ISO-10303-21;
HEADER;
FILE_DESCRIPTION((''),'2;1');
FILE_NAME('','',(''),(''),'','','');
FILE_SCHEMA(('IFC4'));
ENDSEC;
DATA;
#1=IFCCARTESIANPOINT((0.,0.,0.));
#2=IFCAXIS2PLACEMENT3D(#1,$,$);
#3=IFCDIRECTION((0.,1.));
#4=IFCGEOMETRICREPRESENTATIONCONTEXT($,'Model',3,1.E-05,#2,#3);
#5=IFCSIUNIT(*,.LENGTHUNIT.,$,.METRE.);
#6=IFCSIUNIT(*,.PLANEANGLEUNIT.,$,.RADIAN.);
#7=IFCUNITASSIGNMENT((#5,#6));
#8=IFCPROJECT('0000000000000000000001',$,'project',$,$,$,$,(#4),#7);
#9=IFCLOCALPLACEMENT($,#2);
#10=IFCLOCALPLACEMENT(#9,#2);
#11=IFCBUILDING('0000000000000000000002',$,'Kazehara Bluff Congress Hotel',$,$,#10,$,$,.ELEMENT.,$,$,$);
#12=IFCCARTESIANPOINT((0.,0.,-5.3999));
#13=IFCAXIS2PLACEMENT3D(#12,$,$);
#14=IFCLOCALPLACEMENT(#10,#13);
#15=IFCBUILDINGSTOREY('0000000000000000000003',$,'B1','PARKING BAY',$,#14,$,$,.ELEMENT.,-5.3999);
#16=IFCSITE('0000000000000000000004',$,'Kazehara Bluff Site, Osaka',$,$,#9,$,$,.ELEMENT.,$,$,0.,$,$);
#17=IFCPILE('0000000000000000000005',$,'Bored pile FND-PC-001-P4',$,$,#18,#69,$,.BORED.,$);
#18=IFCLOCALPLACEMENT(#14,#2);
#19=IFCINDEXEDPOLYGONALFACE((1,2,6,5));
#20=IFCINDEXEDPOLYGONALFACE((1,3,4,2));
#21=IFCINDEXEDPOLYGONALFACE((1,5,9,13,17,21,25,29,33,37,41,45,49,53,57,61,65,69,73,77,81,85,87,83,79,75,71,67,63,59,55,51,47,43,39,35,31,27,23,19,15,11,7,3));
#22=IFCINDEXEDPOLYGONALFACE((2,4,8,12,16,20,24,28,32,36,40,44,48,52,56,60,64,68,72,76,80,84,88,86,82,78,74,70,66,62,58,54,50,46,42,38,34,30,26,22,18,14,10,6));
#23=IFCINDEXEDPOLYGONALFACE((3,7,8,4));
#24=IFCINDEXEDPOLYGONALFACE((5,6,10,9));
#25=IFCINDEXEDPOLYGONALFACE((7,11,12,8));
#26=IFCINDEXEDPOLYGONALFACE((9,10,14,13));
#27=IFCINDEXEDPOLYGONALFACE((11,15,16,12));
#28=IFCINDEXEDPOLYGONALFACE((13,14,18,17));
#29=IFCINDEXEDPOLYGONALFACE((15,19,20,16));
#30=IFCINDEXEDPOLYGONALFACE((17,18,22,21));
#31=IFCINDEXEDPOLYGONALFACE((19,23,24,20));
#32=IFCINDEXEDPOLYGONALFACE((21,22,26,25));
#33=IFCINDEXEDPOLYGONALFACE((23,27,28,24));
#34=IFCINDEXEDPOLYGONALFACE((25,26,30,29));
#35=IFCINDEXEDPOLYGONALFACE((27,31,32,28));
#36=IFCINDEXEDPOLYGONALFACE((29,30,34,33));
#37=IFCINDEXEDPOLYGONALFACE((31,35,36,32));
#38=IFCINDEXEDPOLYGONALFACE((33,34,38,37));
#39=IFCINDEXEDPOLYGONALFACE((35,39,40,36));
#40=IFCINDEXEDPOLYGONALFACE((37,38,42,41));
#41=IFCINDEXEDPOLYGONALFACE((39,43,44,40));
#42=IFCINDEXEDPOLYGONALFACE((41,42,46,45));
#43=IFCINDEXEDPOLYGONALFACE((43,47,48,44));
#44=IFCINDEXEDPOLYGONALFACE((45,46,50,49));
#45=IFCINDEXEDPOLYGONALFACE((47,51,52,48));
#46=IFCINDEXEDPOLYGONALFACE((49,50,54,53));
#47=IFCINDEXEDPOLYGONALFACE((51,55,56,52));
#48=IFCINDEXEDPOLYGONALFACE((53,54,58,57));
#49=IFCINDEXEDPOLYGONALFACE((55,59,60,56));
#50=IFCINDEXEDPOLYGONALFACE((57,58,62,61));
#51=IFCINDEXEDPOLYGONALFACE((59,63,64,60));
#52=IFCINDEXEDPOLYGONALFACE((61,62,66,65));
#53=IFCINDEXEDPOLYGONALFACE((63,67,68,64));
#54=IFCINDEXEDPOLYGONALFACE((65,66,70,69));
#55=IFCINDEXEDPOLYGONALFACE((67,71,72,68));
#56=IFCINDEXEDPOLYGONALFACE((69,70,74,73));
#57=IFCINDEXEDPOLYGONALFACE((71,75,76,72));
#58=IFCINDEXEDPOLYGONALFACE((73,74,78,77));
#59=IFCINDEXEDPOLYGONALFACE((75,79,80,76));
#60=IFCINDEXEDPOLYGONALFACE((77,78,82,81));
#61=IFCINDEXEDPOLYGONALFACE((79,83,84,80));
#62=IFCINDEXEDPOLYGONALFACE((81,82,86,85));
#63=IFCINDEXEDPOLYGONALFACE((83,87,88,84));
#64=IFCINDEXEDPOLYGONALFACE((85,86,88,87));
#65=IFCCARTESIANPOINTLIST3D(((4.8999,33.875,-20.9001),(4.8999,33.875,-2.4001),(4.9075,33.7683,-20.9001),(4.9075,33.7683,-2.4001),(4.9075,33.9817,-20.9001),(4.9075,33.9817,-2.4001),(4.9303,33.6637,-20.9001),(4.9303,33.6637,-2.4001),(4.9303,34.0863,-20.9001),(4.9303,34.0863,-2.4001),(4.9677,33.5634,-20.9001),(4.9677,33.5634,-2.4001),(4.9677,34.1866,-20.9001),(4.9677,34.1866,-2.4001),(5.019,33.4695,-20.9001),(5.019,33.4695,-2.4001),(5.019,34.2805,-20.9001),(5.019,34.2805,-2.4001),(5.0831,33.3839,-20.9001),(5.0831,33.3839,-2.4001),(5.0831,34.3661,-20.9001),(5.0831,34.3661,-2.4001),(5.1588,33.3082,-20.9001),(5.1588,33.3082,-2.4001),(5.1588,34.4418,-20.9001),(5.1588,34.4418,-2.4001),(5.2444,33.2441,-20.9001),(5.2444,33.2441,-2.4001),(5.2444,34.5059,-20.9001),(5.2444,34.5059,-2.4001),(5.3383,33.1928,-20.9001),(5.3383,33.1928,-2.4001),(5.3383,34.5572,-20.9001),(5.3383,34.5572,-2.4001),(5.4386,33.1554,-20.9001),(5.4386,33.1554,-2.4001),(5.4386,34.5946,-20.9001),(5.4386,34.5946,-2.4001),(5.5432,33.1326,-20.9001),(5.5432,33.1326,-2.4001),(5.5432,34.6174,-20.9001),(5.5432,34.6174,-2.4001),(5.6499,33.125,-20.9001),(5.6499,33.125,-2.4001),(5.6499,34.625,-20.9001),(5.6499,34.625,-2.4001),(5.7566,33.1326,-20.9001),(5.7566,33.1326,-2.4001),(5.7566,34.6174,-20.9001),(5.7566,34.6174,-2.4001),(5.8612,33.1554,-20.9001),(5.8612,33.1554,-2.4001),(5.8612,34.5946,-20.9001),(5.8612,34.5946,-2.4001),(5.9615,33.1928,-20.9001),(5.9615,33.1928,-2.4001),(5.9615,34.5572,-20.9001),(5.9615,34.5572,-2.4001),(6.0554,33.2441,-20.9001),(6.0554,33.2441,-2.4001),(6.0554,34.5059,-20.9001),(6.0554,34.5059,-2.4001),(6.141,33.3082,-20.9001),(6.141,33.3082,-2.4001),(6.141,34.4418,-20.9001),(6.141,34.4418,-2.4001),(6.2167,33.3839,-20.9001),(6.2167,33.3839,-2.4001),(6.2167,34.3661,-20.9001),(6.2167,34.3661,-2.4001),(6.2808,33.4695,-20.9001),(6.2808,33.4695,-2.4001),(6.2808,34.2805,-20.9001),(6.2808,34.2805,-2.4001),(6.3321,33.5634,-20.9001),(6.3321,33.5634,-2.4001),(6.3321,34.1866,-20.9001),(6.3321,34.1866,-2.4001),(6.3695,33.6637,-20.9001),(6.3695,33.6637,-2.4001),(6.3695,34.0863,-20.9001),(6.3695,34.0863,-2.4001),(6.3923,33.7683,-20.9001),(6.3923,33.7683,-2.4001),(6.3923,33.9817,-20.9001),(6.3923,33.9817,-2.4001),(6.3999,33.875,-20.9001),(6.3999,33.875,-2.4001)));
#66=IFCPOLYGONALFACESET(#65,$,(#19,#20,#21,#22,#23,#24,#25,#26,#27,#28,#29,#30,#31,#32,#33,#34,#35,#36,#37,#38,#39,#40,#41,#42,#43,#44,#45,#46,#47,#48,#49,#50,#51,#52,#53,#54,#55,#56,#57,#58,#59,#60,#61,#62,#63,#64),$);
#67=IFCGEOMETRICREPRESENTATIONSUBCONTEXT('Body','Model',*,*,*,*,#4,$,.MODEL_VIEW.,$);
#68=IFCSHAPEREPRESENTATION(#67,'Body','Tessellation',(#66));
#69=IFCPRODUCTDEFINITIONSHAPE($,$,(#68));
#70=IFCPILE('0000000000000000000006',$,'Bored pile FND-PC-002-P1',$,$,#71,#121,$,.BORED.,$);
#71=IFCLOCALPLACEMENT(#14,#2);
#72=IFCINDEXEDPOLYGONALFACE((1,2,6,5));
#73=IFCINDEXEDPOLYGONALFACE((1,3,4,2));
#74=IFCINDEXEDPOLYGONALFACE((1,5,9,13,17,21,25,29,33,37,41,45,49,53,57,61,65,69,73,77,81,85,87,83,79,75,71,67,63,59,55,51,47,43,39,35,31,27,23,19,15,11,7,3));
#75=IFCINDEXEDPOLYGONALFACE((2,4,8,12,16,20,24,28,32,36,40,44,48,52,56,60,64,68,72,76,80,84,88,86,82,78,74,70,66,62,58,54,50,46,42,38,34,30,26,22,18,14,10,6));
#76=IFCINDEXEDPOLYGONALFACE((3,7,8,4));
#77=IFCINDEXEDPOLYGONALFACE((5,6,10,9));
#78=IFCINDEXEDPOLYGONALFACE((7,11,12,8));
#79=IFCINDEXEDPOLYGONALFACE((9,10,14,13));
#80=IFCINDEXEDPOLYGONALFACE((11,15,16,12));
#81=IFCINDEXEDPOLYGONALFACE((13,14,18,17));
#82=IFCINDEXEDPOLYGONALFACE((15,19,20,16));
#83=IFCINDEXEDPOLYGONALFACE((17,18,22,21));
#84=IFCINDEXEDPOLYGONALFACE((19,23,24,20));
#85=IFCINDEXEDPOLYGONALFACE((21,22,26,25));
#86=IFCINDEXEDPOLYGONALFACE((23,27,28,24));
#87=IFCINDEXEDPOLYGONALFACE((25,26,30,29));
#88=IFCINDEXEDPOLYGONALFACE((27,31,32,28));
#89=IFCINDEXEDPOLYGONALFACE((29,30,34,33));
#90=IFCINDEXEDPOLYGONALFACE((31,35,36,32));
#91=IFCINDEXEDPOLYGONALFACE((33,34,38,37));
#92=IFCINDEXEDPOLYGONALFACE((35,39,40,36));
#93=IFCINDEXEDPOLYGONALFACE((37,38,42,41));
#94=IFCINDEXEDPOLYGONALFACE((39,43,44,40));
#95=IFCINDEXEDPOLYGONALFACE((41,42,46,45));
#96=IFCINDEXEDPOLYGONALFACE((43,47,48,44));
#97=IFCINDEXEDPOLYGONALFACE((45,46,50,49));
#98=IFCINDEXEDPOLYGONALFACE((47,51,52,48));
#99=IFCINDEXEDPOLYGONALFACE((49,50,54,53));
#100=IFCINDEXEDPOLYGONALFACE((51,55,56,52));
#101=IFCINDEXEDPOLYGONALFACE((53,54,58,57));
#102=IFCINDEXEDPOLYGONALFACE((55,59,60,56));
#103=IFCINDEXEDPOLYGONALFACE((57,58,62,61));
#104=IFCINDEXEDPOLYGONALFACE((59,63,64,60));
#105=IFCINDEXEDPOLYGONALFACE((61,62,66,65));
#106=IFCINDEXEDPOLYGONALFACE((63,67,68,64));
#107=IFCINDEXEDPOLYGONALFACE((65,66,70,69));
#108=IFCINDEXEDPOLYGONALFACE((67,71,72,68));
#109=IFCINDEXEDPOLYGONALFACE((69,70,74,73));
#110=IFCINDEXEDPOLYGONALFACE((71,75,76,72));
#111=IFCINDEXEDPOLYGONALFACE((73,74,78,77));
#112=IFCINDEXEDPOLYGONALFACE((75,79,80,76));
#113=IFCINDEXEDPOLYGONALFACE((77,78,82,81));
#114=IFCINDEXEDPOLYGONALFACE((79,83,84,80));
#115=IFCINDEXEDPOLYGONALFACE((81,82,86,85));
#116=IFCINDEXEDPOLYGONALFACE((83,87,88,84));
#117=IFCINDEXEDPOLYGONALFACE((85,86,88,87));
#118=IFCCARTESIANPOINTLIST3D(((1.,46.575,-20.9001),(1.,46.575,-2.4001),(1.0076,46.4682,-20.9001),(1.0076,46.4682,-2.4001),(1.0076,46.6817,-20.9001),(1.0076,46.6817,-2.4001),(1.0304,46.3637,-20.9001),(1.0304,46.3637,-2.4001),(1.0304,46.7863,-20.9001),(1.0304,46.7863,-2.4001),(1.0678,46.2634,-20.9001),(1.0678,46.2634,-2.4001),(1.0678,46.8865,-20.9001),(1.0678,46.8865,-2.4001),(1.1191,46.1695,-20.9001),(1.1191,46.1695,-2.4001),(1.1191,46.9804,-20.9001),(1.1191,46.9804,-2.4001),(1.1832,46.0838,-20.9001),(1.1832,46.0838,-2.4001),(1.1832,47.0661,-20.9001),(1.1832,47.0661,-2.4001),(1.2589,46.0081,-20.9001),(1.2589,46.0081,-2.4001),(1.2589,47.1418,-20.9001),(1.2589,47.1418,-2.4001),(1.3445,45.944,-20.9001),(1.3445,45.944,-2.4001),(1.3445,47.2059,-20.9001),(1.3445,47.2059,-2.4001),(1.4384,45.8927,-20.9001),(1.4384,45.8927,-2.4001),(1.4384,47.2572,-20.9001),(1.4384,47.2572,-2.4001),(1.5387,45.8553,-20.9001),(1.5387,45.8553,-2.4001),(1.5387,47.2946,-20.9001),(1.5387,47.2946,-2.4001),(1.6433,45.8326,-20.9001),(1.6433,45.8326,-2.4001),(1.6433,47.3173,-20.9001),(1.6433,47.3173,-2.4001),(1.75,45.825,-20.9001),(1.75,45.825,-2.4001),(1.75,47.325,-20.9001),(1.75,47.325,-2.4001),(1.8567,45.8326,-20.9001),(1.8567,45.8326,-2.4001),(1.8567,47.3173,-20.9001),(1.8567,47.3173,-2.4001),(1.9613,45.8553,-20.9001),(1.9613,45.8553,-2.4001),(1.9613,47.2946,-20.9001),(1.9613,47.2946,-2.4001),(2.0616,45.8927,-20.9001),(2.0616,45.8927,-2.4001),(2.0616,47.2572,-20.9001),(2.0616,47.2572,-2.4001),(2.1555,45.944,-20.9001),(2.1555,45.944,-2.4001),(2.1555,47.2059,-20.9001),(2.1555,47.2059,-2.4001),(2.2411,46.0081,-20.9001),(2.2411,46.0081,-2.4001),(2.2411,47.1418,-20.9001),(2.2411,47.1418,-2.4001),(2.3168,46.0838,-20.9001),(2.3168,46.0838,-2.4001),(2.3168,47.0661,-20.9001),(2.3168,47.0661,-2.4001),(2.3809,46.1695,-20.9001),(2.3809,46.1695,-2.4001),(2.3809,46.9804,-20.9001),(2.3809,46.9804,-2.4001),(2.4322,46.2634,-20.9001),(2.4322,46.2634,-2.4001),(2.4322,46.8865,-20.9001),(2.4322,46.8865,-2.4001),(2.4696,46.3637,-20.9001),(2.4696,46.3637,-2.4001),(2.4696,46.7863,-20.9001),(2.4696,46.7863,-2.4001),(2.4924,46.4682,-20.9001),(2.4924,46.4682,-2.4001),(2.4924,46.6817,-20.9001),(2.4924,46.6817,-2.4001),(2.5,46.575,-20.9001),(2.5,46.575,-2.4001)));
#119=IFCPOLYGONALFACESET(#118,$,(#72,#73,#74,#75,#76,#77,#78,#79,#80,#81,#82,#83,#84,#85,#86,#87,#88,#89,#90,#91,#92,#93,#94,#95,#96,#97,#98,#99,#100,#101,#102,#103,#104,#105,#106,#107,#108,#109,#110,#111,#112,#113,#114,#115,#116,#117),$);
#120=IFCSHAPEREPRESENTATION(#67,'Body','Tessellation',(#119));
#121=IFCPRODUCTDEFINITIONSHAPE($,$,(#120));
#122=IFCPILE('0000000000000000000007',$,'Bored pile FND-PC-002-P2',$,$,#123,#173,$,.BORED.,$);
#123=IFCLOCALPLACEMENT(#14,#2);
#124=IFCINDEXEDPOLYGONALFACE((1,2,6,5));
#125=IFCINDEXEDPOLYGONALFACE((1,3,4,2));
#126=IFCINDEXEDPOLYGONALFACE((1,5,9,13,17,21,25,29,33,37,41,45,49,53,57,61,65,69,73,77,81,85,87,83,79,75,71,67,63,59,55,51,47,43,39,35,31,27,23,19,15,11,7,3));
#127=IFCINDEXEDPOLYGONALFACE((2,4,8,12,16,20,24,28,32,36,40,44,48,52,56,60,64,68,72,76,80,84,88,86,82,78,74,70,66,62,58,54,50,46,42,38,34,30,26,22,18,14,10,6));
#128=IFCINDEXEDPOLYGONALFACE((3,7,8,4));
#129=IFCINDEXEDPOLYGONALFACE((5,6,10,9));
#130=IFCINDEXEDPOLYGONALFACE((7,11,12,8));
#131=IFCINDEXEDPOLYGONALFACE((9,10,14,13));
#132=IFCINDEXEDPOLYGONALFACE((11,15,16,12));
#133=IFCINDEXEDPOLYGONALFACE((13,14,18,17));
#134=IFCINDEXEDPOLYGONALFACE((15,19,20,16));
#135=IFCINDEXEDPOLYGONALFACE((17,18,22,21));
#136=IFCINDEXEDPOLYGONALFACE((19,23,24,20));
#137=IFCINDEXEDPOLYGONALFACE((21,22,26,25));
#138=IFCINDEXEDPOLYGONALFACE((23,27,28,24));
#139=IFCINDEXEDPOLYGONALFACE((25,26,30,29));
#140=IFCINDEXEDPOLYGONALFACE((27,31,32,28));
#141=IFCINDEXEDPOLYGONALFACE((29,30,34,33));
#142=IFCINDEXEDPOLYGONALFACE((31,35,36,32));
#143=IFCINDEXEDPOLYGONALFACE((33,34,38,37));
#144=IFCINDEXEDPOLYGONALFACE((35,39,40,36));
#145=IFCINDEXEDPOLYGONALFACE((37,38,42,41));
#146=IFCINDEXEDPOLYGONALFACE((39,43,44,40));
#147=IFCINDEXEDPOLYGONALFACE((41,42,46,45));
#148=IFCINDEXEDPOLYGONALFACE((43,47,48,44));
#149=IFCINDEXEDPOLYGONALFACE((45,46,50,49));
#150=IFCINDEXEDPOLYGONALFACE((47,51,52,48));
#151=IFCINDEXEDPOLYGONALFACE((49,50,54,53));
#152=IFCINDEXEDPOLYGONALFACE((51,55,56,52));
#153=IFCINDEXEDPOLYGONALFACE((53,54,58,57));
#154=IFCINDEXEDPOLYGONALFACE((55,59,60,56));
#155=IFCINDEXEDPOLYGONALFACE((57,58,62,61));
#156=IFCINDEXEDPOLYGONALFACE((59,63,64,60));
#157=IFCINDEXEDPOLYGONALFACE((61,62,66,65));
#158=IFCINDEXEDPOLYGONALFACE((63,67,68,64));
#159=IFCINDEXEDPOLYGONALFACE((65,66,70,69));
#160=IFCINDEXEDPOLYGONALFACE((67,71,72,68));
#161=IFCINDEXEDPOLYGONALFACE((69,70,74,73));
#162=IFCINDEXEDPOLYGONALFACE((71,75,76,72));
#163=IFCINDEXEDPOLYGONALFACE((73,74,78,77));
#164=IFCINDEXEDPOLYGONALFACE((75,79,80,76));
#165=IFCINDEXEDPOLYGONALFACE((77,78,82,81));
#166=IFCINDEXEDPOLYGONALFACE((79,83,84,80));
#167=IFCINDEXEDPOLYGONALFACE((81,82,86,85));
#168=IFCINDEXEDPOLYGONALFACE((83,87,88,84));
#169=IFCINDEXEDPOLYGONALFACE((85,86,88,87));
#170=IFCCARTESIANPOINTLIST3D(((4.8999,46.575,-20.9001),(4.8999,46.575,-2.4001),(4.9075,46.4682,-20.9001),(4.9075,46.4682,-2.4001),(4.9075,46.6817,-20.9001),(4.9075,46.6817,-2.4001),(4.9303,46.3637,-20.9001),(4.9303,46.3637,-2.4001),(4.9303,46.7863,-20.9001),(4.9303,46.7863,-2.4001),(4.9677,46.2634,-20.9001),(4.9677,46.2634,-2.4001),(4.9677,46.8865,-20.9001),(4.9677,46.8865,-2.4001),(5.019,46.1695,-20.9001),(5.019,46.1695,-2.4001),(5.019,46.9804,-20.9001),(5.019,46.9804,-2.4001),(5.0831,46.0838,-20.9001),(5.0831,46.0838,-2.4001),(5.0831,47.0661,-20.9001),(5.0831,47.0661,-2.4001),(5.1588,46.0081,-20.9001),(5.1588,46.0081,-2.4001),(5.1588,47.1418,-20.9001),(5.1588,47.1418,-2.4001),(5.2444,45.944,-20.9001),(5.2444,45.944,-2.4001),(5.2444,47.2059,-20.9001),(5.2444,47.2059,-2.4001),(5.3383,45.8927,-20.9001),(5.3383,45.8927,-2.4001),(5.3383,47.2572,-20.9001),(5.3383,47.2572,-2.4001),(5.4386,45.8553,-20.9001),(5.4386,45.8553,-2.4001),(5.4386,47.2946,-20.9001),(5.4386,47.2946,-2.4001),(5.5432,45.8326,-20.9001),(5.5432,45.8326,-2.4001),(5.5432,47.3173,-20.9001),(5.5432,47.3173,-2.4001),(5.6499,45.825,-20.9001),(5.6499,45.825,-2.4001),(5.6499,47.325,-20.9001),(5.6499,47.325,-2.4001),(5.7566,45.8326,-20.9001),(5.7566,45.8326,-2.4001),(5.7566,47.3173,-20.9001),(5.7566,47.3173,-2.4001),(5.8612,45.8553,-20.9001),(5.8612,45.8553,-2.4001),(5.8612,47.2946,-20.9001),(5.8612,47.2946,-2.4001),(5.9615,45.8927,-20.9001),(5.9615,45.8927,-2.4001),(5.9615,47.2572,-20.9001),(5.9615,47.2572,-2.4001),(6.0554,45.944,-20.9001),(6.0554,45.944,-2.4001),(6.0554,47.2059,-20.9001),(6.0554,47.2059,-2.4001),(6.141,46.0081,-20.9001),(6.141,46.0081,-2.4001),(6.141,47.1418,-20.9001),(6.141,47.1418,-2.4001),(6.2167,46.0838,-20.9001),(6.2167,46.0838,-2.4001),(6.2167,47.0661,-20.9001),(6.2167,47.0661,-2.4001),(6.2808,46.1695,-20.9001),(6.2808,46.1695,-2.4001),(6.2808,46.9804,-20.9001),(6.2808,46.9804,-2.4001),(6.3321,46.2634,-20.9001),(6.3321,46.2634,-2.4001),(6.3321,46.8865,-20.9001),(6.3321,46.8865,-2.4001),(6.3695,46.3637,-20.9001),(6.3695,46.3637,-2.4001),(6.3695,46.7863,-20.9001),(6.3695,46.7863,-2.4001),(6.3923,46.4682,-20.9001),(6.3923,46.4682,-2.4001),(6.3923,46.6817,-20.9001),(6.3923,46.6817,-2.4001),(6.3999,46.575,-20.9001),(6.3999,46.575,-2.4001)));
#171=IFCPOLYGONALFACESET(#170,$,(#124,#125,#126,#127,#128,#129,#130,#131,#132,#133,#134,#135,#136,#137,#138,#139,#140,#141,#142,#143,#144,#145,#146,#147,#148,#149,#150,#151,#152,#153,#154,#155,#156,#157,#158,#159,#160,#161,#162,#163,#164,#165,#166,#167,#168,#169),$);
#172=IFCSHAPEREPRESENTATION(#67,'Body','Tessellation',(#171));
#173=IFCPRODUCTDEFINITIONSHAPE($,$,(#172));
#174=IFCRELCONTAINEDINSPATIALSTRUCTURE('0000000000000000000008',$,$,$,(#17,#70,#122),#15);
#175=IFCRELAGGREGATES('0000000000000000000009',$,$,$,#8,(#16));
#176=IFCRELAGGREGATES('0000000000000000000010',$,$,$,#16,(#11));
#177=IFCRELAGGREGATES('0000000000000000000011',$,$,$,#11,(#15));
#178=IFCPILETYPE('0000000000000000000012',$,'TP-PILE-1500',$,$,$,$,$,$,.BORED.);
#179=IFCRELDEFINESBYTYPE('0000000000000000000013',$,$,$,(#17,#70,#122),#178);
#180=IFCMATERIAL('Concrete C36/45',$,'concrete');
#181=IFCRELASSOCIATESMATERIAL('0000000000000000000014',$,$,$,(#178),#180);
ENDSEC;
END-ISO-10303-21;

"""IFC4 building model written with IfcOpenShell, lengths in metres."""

from ifc_helpers import new_model, si_unit, direction, frame, origin, origin_2d, place, context, subcontext, project, spatial, circle, extrude, material, material_profile, profile_set, type_object, element, save


model = new_model("IFC4")

# Units and contexts
model_context = context("Model", 3, precision=1e-05, world=origin(), true_north=direction((0.0, 1.0)))
body_context = subcontext(model_context, "Body", "Model", "MODEL_VIEW")
ifc_project = project(units=[si_unit("LENGTHUNIT", "METRE"), si_unit("PLANEANGLEUNIT", "RADIAN")], contexts=[model_context])

# Site, building, storey
site_placement = place(None, origin())
site = spatial("IfcSite", under=ifc_project, at=site_placement, Name="Kazehara Bluff Site, Osaka", CompositionType="ELEMENT", RefElevation=0.0)
building_placement = place(site_placement, origin())
building = spatial("IfcBuilding", under=site, at=building_placement, Name="Kazehara Bluff Congress Hotel", CompositionType="ELEMENT")
storey_placement = place(building_placement, frame((0.0, 0.0, -5.3999)))
storey = spatial("IfcBuildingStorey", under=building, at=storey_placement, Name="B1", Description="PARKING BAY", CompositionType="ELEMENT", Elevation=-5.3999)

# Piles
ifc_material_1 = material(Name="Concrete C36/45", Category="concrete")
ifc_material_profile_1 = material_profile(ifc_material_1, circle(Radius=0.75, at=origin_2d()))
ifc_profile_set_1 = profile_set([ifc_material_profile_1], Name="Concrete C36/45")
pile_type_1 = type_object("IfcPileType", Name="TP-PILE-1500", PredefinedType="BORED", material=ifc_profile_set_1)
for number, where, z_axis, x_axis, name in (
    (1, (5.6499, 33.875, -2.4001), (0.0, 0.0, -1.0), (1.0, 0.0, 0.0), "Bored pile FND-PC-001-P4"),
    (2, (1.75, 46.575, -2.4001), (0.0, 0.0, -1.0), (1.0, 0.0, 0.0), "Bored pile FND-PC-002-P1"),
    (3, (5.6499, 46.575, -2.4001), (0.0, 0.0, -1.0), (1.0, 0.0, 0.0), "Bored pile FND-PC-002-P2"),
):
    element("IfcPile", number, at=place(storey_placement, frame(where, z_axis=z_axis, x_axis=x_axis)), inside=storey, type_object=pile_type_1, Name=name, PredefinedType="BORED", context=body_context, shape_type="SweptSolid", body=[
        extrude(circle(Radius=0.75, at=origin_2d()), origin(), (0.0, 0.0, 1.0), 18.5),
    ])

save(model, "model.ifc")
